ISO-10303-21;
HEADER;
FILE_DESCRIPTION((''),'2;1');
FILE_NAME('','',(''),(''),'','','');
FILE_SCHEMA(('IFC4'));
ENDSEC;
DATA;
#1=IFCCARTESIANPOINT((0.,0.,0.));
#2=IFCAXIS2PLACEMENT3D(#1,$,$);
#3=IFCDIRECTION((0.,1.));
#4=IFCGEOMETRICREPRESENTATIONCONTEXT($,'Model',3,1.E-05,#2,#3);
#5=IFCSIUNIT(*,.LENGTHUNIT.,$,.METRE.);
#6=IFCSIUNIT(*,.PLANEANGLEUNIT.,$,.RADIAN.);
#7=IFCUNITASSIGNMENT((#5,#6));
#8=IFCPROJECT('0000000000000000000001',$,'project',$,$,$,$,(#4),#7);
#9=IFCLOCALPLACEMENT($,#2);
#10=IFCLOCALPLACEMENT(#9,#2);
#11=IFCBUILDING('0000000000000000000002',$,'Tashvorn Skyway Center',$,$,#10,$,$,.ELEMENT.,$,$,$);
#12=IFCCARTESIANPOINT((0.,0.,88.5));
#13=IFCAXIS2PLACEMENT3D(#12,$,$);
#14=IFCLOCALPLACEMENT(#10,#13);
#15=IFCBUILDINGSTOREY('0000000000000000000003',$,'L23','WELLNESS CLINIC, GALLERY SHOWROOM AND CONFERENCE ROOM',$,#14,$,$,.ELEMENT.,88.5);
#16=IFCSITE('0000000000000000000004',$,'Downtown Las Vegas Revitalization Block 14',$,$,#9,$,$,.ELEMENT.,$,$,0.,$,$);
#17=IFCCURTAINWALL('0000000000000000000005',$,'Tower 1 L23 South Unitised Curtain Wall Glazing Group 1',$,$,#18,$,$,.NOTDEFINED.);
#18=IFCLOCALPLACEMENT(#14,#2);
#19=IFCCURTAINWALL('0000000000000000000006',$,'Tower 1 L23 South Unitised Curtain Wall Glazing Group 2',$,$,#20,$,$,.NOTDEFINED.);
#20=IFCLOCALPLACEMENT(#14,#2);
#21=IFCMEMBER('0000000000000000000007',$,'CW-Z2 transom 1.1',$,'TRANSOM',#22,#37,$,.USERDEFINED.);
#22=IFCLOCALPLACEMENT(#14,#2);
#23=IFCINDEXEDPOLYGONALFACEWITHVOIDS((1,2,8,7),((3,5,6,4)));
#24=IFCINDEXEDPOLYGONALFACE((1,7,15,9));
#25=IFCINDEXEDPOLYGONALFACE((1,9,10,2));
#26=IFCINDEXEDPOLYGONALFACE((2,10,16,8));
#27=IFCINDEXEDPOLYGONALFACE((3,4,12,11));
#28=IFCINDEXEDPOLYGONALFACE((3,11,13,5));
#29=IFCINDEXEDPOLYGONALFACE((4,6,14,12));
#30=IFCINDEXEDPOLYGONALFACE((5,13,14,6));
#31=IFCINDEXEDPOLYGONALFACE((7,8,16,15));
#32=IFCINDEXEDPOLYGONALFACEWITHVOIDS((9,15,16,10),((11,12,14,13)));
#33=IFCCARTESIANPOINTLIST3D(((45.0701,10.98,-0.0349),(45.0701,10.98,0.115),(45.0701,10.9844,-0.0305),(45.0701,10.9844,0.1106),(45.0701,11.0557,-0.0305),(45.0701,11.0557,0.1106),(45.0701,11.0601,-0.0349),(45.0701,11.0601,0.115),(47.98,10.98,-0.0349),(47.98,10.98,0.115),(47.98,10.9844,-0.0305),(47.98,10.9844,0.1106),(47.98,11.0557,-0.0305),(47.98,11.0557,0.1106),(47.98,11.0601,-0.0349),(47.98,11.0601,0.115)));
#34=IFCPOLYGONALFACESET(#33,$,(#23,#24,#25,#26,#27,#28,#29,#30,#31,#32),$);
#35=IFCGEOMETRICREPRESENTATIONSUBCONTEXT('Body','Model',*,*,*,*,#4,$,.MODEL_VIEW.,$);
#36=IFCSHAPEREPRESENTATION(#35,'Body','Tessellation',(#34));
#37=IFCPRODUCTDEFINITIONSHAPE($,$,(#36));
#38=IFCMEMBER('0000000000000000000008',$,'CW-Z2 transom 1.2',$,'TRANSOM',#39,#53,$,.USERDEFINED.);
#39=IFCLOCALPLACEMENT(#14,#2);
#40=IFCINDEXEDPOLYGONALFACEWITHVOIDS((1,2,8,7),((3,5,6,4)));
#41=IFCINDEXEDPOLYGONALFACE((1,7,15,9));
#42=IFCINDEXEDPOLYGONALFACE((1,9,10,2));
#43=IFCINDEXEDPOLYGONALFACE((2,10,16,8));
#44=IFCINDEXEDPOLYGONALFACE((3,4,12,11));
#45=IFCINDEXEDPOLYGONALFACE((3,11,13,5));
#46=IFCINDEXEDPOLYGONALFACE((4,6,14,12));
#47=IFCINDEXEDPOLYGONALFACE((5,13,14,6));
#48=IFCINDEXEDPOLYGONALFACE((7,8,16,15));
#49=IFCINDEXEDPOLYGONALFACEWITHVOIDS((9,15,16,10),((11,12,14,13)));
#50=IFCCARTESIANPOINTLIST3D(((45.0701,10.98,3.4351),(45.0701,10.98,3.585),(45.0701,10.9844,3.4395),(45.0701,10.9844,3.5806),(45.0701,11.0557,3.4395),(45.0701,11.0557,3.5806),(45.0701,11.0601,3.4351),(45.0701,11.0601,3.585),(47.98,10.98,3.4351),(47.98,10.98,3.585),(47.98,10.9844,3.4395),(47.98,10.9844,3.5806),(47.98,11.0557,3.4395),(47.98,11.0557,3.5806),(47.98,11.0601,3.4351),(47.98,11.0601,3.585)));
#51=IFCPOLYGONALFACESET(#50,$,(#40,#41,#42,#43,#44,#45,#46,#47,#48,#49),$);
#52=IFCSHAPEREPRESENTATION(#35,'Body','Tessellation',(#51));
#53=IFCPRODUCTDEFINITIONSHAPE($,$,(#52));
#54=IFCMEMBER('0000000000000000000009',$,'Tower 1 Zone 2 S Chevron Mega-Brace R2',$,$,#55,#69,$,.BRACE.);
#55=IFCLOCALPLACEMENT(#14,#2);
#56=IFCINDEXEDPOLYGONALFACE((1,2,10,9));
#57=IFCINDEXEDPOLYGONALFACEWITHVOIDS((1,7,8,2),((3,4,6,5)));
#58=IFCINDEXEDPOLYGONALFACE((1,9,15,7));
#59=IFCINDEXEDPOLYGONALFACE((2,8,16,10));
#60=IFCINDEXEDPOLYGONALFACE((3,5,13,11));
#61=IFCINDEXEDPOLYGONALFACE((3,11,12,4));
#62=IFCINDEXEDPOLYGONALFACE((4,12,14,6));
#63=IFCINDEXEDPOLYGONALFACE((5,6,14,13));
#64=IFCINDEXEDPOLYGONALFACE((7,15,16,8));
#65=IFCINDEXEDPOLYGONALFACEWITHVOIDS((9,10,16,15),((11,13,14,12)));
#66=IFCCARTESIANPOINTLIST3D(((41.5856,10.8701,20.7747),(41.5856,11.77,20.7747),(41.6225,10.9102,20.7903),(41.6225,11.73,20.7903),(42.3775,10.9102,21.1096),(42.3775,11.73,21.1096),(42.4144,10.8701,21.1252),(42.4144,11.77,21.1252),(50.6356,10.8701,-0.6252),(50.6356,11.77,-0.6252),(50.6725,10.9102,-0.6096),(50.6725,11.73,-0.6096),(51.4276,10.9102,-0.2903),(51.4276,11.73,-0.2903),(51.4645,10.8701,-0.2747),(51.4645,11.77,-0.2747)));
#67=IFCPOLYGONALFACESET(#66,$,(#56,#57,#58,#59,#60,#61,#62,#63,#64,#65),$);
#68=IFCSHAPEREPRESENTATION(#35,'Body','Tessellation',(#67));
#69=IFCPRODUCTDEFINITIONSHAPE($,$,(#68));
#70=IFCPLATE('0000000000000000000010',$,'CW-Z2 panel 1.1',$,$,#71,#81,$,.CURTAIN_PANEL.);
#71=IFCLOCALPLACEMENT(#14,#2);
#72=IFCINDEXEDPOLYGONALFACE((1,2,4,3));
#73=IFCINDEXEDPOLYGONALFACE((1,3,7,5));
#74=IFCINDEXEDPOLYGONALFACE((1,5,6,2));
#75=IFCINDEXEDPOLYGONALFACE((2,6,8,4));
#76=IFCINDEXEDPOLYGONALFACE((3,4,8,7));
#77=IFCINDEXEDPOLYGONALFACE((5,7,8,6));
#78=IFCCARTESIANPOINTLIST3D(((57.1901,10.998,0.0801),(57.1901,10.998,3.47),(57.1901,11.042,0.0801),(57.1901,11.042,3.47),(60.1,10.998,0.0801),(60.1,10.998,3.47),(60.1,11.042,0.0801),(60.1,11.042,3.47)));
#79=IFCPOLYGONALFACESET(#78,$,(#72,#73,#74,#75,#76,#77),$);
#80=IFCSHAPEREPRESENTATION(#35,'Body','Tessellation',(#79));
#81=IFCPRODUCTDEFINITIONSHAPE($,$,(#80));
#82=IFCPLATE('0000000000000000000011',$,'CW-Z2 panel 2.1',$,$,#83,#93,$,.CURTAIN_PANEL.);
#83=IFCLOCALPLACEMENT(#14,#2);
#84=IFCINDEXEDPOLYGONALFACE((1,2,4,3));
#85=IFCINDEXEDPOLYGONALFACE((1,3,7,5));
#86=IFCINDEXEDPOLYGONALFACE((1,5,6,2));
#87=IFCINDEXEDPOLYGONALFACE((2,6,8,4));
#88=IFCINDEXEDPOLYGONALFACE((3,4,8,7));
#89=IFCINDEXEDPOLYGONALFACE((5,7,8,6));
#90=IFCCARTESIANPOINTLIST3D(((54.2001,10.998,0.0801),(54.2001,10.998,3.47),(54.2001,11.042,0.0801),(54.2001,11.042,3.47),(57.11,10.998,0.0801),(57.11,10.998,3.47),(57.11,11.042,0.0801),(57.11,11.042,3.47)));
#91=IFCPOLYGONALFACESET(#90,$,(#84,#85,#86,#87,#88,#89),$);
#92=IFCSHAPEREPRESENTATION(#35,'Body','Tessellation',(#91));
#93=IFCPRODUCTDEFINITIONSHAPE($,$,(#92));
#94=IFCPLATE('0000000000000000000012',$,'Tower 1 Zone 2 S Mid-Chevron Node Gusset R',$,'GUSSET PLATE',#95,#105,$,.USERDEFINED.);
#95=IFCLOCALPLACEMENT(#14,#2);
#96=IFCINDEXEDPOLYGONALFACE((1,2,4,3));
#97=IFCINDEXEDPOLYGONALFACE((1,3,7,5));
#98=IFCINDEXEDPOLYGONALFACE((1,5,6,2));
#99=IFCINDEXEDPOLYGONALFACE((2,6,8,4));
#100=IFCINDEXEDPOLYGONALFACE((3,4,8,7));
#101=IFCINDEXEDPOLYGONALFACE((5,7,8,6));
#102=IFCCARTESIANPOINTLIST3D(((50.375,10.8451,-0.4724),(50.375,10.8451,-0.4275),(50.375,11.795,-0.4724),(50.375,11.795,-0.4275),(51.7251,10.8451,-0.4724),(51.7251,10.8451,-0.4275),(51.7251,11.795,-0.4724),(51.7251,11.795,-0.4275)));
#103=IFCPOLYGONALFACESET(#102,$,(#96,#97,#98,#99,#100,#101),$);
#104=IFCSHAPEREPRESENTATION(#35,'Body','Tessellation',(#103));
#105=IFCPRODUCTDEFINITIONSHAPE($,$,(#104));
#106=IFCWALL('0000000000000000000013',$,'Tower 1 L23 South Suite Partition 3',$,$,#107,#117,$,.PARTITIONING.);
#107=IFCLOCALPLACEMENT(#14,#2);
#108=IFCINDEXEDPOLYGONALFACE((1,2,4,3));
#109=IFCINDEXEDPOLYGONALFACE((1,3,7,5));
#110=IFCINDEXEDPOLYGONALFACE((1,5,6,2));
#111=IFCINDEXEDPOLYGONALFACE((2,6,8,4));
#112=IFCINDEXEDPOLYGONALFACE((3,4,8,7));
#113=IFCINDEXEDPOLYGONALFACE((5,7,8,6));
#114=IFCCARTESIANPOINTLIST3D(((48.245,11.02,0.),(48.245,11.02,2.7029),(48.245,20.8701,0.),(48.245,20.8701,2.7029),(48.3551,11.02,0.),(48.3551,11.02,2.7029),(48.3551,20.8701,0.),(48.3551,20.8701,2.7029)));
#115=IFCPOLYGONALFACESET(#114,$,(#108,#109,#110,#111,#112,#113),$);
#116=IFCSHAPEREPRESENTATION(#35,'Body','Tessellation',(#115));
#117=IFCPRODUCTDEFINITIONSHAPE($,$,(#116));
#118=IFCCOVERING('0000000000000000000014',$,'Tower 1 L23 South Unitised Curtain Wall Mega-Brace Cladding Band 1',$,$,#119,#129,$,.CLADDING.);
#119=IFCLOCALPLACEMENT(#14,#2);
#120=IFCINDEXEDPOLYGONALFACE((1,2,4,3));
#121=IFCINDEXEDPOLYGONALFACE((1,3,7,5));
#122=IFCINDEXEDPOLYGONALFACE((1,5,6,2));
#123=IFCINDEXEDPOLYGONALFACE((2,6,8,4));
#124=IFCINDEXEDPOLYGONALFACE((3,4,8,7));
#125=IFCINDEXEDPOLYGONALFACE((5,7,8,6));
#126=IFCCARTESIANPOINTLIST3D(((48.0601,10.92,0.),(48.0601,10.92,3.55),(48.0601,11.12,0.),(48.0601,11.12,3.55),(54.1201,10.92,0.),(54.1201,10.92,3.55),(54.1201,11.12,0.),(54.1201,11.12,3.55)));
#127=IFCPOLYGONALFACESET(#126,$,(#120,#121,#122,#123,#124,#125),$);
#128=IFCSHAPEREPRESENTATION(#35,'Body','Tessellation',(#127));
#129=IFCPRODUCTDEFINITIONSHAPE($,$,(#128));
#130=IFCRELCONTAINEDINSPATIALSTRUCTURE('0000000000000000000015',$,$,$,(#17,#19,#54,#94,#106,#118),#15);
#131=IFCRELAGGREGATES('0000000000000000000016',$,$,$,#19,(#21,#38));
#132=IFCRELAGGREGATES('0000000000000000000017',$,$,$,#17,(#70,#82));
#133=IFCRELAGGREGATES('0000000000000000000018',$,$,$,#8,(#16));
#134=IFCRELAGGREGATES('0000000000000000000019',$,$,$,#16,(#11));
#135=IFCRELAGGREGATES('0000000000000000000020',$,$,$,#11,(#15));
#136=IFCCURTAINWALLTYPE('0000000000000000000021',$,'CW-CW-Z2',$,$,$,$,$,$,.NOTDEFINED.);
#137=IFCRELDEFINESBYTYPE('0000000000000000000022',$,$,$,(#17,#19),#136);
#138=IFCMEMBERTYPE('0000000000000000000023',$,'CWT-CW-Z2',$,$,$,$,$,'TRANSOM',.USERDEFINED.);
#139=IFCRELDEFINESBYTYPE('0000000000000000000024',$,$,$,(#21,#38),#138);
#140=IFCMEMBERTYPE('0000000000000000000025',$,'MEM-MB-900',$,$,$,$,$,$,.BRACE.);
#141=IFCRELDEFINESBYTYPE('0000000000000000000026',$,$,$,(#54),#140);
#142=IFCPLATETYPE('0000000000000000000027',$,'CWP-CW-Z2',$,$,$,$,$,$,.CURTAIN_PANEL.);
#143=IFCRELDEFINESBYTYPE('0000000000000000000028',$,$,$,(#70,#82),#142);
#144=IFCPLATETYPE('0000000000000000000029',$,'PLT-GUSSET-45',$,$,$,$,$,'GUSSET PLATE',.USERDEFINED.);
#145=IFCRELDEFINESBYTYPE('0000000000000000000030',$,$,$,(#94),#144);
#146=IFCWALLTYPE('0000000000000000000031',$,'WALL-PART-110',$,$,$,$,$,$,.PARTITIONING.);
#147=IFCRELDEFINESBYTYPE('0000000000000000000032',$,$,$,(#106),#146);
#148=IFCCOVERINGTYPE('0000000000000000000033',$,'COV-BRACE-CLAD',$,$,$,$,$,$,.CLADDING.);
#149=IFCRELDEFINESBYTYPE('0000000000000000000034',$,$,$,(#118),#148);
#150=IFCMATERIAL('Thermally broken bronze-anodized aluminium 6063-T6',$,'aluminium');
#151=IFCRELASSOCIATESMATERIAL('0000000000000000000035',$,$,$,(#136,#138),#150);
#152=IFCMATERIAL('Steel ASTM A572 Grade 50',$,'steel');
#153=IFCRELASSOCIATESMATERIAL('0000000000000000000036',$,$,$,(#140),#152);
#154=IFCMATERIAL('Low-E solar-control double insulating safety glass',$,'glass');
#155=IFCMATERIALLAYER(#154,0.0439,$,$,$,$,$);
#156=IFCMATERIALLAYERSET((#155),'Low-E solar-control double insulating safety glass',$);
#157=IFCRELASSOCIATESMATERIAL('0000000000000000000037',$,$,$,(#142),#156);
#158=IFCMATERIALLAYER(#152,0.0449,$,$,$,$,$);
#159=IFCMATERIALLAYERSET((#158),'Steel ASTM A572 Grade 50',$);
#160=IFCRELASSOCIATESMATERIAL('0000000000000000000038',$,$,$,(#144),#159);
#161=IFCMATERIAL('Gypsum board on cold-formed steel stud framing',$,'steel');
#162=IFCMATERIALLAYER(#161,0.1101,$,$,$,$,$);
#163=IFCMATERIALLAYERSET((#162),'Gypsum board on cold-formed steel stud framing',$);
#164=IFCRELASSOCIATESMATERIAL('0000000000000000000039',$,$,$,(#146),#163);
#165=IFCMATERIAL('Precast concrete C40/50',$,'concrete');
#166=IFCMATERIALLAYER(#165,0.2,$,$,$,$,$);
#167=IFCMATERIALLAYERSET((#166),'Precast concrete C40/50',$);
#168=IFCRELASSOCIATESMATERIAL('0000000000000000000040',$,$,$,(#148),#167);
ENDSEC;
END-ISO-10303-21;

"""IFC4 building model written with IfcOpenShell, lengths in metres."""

from ifc_helpers import new_model, si_unit, direction, frame, frame_2d, origin, origin_2d, place, context, subcontext, project, spatial, rectangle, hollow_rectangle, extrude, material, layer, layer_set, material_profile, profile_set, type_object, element, aggregate, save


model = new_model("IFC4")

# Units and contexts
model_context = context("Model", 3, precision=1e-05, world=origin(), true_north=direction((0.0, 1.0)))
body_context = subcontext(model_context, "Body", "Model", "MODEL_VIEW")
ifc_project = project(units=[si_unit("LENGTHUNIT", "METRE"), si_unit("PLANEANGLEUNIT", "RADIAN")], contexts=[model_context])

# Site, building, storey
site_placement = place(None, origin())
site = spatial("IfcSite", under=ifc_project, at=site_placement, Name="Downtown Las Vegas Revitalization Block 14", CompositionType="ELEMENT", RefElevation=0.0)
building_placement = place(site_placement, origin())
building = spatial("IfcBuilding", under=site, at=building_placement, Name="Tashvorn Skyway Center", CompositionType="ELEMENT")
storey_placement = place(building_placement, frame((0.0, 0.0, 88.5)))
storey = spatial("IfcBuildingStorey", under=building, at=storey_placement, Name="L23", Description="WELLNESS CLINIC, GALLERY SHOWROOM AND CONFERENCE ROOM", CompositionType="ELEMENT", Elevation=88.5)

# Shared definitions
ifc_material_1 = material(Name="Steel ASTM A572 Grade 50", Category="steel")

# Curtain wall
ifc_material_2 = material(Name="Thermally broken bronze-anodized aluminium 6063-T6", Category="aluminium")
curtain_wall_type = type_object("IfcCurtainWallType", Name="CW-CW-Z2", PredefinedType="NOTDEFINED", material=ifc_material_2)
curtain_wall_1_placement = place(storey_placement, origin())
curtain_wall_1 = element("IfcCurtainWall", 1, at=curtain_wall_1_placement, inside=storey, type_object=curtain_wall_type, Name="Tower 1 L23 South Unitised Curtain Wall Glazing Group 1", PredefinedType="NOTDEFINED")

# Curtain wall
curtain_wall_2_placement = place(storey_placement, origin())
curtain_wall_2 = element("IfcCurtainWall", 2, at=curtain_wall_2_placement, inside=storey, type_object=curtain_wall_type, Name="Tower 1 L23 South Unitised Curtain Wall Glazing Group 2", PredefinedType="NOTDEFINED")

# Members
ifc_material_profile_1 = material_profile(ifc_material_2, hollow_rectangle(XDim=0.0801, YDim=0.1499, WallThickness=0.0044, at=origin_2d()), Name="ALU-TRAN-80x150")
ifc_profile_set_1 = profile_set([ifc_material_profile_1], Name="Thermally broken bronze-anodized aluminium 6063-T6")
member_type_1 = type_object("IfcMemberType", Name="CWT-CW-Z2", ElementType="TRANSOM", PredefinedType="USERDEFINED", material=ifc_profile_set_1)
member_1_placement = place(storey_placement, frame((47.98, 11.02, 0.04), z_axis=(-1.0, 0.0, 0.0), x_axis=(0.0, -1.0, 0.0)))
member_1 = element("IfcMember", 3, at=member_1_placement, type_object=member_type_1, Name="CW-Z2 transom 1.1", ObjectType="TRANSOM", PredefinedType="USERDEFINED", context=body_context, shape_type="SweptSolid", body=[
    extrude(hollow_rectangle(XDim=0.0801, YDim=0.1499, WallThickness=0.0044, at=origin_2d()), origin(), (0.0, 0.0, 1.0), 2.9099),
])
member_2_placement = place(storey_placement, frame((47.98, 11.02, 3.51), z_axis=(-1.0, 0.0, 0.0), x_axis=(0.0, -1.0, 0.0)))
member_2 = element("IfcMember", 4, at=member_2_placement, type_object=member_type_1, Name="CW-Z2 transom 1.2", ObjectType="TRANSOM", PredefinedType="USERDEFINED", context=body_context, shape_type="SweptSolid", body=[
    extrude(hollow_rectangle(XDim=0.0801, YDim=0.1499, WallThickness=0.0044, at=origin_2d()), origin(), (0.0, 0.0, 1.0), 2.9099),
])
aggregate(curtain_wall_2, [member_1, member_2])
ifc_material_profile_2 = material_profile(ifc_material_1, hollow_rectangle(XDim=0.8999, YDim=0.8999, WallThickness=0.04, at=origin_2d()), Name="BOX900x900x40")
ifc_profile_set_2 = profile_set([ifc_material_profile_2], Name="Steel ASTM A572 Grade 50")
member_type_2 = type_object("IfcMemberType", Name="MEM-MB-900", PredefinedType="BRACE", material=ifc_profile_set_2)
member_3_placement = place(storey_placement, frame((51.05, 11.3201, -0.45), z_axis=(-0.389503, 0.0, 0.921025), x_axis=(0.0, -1.0, 0.0)))
element("IfcMember", 5, at=member_3_placement, inside=storey, type_object=member_type_2, Name="Tower 1 Zone 2 S Chevron Mega-Brace R2", PredefinedType="BRACE", context=body_context, shape_type="SweptSolid", body=[
    extrude(hollow_rectangle(XDim=0.8999, YDim=0.8999, WallThickness=0.04, at=origin_2d()), origin(), (0.0, 0.0, 1.0), 23.2349),
])

# Plates
ifc_material_3 = material(Name="Low-E solar-control double insulating safety glass", Category="glass")
ifc_layer_1 = layer(ifc_material_3, 0.0439)
ifc_layer_set_1 = layer_set([ifc_layer_1], Name="Low-E solar-control double insulating safety glass")
plate_type_1 = type_object("IfcPlateType", Name="CWP-CW-Z2", PredefinedType="CURTAIN_PANEL", material=ifc_layer_set_1)
plate_1_placement = place(storey_placement, frame((58.645, 11.02, 0.0801), z_axis=(0.0, 0.0, 1.0), x_axis=(-1.0, 0.0, 0.0)))
plate_1 = element("IfcPlate", 6, at=plate_1_placement, type_object=plate_type_1, Name="CW-Z2 panel 1.1", PredefinedType="CURTAIN_PANEL", context=body_context, shape_type="SweptSolid", body=[
    extrude(rectangle(XDim=2.9099, YDim=0.0439, at=origin_2d()), origin(), (0.0, 0.0, 1.0), 3.3899),
])
plate_2_placement = place(storey_placement, frame((55.655, 11.02, 0.0801), z_axis=(0.0, 0.0, 1.0), x_axis=(-1.0, 0.0, 0.0)))
plate_2 = element("IfcPlate", 7, at=plate_2_placement, type_object=plate_type_1, Name="CW-Z2 panel 2.1", PredefinedType="CURTAIN_PANEL", context=body_context, shape_type="SweptSolid", body=[
    extrude(rectangle(XDim=2.9099, YDim=0.0439, at=origin_2d()), origin(), (0.0, 0.0, 1.0), 3.3899),
])
aggregate(curtain_wall_1, [plate_1, plate_2])
ifc_layer_2 = layer(ifc_material_1, 0.0449)
ifc_layer_set_2 = layer_set([ifc_layer_2], Name="Steel ASTM A572 Grade 50")
plate_type_2 = type_object("IfcPlateType", Name="PLT-GUSSET-45", ElementType="GUSSET PLATE", PredefinedType="USERDEFINED", material=ifc_layer_set_2)
plate_3_placement = place(storey_placement, frame((51.05, 11.3201, -0.4724), z_axis=(0.0, 0.0, 1.0), x_axis=(1.0, 0.0, 0.0)))
element("IfcPlate", 8, at=plate_3_placement, inside=storey, type_object=plate_type_2, Name="Tower 1 Zone 2 S Mid-Chevron Node Gusset R", ObjectType="GUSSET PLATE", PredefinedType="USERDEFINED", context=body_context, shape_type="SweptSolid", body=[
    extrude(rectangle(XDim=1.3501, YDim=0.95, at=origin_2d()), origin(), (0.0, 0.0, 1.0), 0.0449),
])

# Wall
ifc_material_4 = material(Name="Gypsum board on cold-formed steel stud framing", Category="steel")
ifc_layer_3 = layer(ifc_material_4, 0.1101)
ifc_layer_set_3 = layer_set([ifc_layer_3], Name="Gypsum board on cold-formed steel stud framing")
wall_type = type_object("IfcWallType", Name="WALL-PART-110", PredefinedType="PARTITIONING", material=ifc_layer_set_3)
wall_placement = place(storey_placement, frame((48.3, 11.02, 0.0), z_axis=(0.0, 0.0, 1.0), x_axis=(0.0, 1.0, 0.0)))
element("IfcWall", 9, at=wall_placement, inside=storey, type_object=wall_type, Name="Tower 1 L23 South Suite Partition 3", PredefinedType="PARTITIONING", context=body_context, shape_type="SweptSolid", body=[
    extrude(rectangle(XDim=9.8501, YDim=0.1101, at=frame_2d((4.925, 0.0))), origin(), (0.0, 0.0, 1.0), 2.7029),
])

# Covering
ifc_material_5 = material(Name="Precast concrete C40/50", Category="concrete")
ifc_layer_4 = layer(ifc_material_5, 0.2)
ifc_layer_set_4 = layer_set([ifc_layer_4], Name="Precast concrete C40/50")
covering_type = type_object("IfcCoveringType", Name="COV-BRACE-CLAD", PredefinedType="CLADDING", material=ifc_layer_set_4)
covering_placement = place(storey_placement, frame((51.0901, 11.02, 0.0), z_axis=(0.0, 0.0, 1.0), x_axis=(-1.0, 0.0, 0.0)))
element("IfcCovering", 10, at=covering_placement, inside=storey, type_object=covering_type, Name="Tower 1 L23 South Unitised Curtain Wall Mega-Brace Cladding Band 1", PredefinedType="CLADDING", context=body_context, shape_type="SweptSolid", body=[
    extrude(rectangle(XDim=6.0601, YDim=0.2, at=origin_2d()), origin(), (0.0, 0.0, 1.0), 3.55),
])

save(model, "model.ifc")
